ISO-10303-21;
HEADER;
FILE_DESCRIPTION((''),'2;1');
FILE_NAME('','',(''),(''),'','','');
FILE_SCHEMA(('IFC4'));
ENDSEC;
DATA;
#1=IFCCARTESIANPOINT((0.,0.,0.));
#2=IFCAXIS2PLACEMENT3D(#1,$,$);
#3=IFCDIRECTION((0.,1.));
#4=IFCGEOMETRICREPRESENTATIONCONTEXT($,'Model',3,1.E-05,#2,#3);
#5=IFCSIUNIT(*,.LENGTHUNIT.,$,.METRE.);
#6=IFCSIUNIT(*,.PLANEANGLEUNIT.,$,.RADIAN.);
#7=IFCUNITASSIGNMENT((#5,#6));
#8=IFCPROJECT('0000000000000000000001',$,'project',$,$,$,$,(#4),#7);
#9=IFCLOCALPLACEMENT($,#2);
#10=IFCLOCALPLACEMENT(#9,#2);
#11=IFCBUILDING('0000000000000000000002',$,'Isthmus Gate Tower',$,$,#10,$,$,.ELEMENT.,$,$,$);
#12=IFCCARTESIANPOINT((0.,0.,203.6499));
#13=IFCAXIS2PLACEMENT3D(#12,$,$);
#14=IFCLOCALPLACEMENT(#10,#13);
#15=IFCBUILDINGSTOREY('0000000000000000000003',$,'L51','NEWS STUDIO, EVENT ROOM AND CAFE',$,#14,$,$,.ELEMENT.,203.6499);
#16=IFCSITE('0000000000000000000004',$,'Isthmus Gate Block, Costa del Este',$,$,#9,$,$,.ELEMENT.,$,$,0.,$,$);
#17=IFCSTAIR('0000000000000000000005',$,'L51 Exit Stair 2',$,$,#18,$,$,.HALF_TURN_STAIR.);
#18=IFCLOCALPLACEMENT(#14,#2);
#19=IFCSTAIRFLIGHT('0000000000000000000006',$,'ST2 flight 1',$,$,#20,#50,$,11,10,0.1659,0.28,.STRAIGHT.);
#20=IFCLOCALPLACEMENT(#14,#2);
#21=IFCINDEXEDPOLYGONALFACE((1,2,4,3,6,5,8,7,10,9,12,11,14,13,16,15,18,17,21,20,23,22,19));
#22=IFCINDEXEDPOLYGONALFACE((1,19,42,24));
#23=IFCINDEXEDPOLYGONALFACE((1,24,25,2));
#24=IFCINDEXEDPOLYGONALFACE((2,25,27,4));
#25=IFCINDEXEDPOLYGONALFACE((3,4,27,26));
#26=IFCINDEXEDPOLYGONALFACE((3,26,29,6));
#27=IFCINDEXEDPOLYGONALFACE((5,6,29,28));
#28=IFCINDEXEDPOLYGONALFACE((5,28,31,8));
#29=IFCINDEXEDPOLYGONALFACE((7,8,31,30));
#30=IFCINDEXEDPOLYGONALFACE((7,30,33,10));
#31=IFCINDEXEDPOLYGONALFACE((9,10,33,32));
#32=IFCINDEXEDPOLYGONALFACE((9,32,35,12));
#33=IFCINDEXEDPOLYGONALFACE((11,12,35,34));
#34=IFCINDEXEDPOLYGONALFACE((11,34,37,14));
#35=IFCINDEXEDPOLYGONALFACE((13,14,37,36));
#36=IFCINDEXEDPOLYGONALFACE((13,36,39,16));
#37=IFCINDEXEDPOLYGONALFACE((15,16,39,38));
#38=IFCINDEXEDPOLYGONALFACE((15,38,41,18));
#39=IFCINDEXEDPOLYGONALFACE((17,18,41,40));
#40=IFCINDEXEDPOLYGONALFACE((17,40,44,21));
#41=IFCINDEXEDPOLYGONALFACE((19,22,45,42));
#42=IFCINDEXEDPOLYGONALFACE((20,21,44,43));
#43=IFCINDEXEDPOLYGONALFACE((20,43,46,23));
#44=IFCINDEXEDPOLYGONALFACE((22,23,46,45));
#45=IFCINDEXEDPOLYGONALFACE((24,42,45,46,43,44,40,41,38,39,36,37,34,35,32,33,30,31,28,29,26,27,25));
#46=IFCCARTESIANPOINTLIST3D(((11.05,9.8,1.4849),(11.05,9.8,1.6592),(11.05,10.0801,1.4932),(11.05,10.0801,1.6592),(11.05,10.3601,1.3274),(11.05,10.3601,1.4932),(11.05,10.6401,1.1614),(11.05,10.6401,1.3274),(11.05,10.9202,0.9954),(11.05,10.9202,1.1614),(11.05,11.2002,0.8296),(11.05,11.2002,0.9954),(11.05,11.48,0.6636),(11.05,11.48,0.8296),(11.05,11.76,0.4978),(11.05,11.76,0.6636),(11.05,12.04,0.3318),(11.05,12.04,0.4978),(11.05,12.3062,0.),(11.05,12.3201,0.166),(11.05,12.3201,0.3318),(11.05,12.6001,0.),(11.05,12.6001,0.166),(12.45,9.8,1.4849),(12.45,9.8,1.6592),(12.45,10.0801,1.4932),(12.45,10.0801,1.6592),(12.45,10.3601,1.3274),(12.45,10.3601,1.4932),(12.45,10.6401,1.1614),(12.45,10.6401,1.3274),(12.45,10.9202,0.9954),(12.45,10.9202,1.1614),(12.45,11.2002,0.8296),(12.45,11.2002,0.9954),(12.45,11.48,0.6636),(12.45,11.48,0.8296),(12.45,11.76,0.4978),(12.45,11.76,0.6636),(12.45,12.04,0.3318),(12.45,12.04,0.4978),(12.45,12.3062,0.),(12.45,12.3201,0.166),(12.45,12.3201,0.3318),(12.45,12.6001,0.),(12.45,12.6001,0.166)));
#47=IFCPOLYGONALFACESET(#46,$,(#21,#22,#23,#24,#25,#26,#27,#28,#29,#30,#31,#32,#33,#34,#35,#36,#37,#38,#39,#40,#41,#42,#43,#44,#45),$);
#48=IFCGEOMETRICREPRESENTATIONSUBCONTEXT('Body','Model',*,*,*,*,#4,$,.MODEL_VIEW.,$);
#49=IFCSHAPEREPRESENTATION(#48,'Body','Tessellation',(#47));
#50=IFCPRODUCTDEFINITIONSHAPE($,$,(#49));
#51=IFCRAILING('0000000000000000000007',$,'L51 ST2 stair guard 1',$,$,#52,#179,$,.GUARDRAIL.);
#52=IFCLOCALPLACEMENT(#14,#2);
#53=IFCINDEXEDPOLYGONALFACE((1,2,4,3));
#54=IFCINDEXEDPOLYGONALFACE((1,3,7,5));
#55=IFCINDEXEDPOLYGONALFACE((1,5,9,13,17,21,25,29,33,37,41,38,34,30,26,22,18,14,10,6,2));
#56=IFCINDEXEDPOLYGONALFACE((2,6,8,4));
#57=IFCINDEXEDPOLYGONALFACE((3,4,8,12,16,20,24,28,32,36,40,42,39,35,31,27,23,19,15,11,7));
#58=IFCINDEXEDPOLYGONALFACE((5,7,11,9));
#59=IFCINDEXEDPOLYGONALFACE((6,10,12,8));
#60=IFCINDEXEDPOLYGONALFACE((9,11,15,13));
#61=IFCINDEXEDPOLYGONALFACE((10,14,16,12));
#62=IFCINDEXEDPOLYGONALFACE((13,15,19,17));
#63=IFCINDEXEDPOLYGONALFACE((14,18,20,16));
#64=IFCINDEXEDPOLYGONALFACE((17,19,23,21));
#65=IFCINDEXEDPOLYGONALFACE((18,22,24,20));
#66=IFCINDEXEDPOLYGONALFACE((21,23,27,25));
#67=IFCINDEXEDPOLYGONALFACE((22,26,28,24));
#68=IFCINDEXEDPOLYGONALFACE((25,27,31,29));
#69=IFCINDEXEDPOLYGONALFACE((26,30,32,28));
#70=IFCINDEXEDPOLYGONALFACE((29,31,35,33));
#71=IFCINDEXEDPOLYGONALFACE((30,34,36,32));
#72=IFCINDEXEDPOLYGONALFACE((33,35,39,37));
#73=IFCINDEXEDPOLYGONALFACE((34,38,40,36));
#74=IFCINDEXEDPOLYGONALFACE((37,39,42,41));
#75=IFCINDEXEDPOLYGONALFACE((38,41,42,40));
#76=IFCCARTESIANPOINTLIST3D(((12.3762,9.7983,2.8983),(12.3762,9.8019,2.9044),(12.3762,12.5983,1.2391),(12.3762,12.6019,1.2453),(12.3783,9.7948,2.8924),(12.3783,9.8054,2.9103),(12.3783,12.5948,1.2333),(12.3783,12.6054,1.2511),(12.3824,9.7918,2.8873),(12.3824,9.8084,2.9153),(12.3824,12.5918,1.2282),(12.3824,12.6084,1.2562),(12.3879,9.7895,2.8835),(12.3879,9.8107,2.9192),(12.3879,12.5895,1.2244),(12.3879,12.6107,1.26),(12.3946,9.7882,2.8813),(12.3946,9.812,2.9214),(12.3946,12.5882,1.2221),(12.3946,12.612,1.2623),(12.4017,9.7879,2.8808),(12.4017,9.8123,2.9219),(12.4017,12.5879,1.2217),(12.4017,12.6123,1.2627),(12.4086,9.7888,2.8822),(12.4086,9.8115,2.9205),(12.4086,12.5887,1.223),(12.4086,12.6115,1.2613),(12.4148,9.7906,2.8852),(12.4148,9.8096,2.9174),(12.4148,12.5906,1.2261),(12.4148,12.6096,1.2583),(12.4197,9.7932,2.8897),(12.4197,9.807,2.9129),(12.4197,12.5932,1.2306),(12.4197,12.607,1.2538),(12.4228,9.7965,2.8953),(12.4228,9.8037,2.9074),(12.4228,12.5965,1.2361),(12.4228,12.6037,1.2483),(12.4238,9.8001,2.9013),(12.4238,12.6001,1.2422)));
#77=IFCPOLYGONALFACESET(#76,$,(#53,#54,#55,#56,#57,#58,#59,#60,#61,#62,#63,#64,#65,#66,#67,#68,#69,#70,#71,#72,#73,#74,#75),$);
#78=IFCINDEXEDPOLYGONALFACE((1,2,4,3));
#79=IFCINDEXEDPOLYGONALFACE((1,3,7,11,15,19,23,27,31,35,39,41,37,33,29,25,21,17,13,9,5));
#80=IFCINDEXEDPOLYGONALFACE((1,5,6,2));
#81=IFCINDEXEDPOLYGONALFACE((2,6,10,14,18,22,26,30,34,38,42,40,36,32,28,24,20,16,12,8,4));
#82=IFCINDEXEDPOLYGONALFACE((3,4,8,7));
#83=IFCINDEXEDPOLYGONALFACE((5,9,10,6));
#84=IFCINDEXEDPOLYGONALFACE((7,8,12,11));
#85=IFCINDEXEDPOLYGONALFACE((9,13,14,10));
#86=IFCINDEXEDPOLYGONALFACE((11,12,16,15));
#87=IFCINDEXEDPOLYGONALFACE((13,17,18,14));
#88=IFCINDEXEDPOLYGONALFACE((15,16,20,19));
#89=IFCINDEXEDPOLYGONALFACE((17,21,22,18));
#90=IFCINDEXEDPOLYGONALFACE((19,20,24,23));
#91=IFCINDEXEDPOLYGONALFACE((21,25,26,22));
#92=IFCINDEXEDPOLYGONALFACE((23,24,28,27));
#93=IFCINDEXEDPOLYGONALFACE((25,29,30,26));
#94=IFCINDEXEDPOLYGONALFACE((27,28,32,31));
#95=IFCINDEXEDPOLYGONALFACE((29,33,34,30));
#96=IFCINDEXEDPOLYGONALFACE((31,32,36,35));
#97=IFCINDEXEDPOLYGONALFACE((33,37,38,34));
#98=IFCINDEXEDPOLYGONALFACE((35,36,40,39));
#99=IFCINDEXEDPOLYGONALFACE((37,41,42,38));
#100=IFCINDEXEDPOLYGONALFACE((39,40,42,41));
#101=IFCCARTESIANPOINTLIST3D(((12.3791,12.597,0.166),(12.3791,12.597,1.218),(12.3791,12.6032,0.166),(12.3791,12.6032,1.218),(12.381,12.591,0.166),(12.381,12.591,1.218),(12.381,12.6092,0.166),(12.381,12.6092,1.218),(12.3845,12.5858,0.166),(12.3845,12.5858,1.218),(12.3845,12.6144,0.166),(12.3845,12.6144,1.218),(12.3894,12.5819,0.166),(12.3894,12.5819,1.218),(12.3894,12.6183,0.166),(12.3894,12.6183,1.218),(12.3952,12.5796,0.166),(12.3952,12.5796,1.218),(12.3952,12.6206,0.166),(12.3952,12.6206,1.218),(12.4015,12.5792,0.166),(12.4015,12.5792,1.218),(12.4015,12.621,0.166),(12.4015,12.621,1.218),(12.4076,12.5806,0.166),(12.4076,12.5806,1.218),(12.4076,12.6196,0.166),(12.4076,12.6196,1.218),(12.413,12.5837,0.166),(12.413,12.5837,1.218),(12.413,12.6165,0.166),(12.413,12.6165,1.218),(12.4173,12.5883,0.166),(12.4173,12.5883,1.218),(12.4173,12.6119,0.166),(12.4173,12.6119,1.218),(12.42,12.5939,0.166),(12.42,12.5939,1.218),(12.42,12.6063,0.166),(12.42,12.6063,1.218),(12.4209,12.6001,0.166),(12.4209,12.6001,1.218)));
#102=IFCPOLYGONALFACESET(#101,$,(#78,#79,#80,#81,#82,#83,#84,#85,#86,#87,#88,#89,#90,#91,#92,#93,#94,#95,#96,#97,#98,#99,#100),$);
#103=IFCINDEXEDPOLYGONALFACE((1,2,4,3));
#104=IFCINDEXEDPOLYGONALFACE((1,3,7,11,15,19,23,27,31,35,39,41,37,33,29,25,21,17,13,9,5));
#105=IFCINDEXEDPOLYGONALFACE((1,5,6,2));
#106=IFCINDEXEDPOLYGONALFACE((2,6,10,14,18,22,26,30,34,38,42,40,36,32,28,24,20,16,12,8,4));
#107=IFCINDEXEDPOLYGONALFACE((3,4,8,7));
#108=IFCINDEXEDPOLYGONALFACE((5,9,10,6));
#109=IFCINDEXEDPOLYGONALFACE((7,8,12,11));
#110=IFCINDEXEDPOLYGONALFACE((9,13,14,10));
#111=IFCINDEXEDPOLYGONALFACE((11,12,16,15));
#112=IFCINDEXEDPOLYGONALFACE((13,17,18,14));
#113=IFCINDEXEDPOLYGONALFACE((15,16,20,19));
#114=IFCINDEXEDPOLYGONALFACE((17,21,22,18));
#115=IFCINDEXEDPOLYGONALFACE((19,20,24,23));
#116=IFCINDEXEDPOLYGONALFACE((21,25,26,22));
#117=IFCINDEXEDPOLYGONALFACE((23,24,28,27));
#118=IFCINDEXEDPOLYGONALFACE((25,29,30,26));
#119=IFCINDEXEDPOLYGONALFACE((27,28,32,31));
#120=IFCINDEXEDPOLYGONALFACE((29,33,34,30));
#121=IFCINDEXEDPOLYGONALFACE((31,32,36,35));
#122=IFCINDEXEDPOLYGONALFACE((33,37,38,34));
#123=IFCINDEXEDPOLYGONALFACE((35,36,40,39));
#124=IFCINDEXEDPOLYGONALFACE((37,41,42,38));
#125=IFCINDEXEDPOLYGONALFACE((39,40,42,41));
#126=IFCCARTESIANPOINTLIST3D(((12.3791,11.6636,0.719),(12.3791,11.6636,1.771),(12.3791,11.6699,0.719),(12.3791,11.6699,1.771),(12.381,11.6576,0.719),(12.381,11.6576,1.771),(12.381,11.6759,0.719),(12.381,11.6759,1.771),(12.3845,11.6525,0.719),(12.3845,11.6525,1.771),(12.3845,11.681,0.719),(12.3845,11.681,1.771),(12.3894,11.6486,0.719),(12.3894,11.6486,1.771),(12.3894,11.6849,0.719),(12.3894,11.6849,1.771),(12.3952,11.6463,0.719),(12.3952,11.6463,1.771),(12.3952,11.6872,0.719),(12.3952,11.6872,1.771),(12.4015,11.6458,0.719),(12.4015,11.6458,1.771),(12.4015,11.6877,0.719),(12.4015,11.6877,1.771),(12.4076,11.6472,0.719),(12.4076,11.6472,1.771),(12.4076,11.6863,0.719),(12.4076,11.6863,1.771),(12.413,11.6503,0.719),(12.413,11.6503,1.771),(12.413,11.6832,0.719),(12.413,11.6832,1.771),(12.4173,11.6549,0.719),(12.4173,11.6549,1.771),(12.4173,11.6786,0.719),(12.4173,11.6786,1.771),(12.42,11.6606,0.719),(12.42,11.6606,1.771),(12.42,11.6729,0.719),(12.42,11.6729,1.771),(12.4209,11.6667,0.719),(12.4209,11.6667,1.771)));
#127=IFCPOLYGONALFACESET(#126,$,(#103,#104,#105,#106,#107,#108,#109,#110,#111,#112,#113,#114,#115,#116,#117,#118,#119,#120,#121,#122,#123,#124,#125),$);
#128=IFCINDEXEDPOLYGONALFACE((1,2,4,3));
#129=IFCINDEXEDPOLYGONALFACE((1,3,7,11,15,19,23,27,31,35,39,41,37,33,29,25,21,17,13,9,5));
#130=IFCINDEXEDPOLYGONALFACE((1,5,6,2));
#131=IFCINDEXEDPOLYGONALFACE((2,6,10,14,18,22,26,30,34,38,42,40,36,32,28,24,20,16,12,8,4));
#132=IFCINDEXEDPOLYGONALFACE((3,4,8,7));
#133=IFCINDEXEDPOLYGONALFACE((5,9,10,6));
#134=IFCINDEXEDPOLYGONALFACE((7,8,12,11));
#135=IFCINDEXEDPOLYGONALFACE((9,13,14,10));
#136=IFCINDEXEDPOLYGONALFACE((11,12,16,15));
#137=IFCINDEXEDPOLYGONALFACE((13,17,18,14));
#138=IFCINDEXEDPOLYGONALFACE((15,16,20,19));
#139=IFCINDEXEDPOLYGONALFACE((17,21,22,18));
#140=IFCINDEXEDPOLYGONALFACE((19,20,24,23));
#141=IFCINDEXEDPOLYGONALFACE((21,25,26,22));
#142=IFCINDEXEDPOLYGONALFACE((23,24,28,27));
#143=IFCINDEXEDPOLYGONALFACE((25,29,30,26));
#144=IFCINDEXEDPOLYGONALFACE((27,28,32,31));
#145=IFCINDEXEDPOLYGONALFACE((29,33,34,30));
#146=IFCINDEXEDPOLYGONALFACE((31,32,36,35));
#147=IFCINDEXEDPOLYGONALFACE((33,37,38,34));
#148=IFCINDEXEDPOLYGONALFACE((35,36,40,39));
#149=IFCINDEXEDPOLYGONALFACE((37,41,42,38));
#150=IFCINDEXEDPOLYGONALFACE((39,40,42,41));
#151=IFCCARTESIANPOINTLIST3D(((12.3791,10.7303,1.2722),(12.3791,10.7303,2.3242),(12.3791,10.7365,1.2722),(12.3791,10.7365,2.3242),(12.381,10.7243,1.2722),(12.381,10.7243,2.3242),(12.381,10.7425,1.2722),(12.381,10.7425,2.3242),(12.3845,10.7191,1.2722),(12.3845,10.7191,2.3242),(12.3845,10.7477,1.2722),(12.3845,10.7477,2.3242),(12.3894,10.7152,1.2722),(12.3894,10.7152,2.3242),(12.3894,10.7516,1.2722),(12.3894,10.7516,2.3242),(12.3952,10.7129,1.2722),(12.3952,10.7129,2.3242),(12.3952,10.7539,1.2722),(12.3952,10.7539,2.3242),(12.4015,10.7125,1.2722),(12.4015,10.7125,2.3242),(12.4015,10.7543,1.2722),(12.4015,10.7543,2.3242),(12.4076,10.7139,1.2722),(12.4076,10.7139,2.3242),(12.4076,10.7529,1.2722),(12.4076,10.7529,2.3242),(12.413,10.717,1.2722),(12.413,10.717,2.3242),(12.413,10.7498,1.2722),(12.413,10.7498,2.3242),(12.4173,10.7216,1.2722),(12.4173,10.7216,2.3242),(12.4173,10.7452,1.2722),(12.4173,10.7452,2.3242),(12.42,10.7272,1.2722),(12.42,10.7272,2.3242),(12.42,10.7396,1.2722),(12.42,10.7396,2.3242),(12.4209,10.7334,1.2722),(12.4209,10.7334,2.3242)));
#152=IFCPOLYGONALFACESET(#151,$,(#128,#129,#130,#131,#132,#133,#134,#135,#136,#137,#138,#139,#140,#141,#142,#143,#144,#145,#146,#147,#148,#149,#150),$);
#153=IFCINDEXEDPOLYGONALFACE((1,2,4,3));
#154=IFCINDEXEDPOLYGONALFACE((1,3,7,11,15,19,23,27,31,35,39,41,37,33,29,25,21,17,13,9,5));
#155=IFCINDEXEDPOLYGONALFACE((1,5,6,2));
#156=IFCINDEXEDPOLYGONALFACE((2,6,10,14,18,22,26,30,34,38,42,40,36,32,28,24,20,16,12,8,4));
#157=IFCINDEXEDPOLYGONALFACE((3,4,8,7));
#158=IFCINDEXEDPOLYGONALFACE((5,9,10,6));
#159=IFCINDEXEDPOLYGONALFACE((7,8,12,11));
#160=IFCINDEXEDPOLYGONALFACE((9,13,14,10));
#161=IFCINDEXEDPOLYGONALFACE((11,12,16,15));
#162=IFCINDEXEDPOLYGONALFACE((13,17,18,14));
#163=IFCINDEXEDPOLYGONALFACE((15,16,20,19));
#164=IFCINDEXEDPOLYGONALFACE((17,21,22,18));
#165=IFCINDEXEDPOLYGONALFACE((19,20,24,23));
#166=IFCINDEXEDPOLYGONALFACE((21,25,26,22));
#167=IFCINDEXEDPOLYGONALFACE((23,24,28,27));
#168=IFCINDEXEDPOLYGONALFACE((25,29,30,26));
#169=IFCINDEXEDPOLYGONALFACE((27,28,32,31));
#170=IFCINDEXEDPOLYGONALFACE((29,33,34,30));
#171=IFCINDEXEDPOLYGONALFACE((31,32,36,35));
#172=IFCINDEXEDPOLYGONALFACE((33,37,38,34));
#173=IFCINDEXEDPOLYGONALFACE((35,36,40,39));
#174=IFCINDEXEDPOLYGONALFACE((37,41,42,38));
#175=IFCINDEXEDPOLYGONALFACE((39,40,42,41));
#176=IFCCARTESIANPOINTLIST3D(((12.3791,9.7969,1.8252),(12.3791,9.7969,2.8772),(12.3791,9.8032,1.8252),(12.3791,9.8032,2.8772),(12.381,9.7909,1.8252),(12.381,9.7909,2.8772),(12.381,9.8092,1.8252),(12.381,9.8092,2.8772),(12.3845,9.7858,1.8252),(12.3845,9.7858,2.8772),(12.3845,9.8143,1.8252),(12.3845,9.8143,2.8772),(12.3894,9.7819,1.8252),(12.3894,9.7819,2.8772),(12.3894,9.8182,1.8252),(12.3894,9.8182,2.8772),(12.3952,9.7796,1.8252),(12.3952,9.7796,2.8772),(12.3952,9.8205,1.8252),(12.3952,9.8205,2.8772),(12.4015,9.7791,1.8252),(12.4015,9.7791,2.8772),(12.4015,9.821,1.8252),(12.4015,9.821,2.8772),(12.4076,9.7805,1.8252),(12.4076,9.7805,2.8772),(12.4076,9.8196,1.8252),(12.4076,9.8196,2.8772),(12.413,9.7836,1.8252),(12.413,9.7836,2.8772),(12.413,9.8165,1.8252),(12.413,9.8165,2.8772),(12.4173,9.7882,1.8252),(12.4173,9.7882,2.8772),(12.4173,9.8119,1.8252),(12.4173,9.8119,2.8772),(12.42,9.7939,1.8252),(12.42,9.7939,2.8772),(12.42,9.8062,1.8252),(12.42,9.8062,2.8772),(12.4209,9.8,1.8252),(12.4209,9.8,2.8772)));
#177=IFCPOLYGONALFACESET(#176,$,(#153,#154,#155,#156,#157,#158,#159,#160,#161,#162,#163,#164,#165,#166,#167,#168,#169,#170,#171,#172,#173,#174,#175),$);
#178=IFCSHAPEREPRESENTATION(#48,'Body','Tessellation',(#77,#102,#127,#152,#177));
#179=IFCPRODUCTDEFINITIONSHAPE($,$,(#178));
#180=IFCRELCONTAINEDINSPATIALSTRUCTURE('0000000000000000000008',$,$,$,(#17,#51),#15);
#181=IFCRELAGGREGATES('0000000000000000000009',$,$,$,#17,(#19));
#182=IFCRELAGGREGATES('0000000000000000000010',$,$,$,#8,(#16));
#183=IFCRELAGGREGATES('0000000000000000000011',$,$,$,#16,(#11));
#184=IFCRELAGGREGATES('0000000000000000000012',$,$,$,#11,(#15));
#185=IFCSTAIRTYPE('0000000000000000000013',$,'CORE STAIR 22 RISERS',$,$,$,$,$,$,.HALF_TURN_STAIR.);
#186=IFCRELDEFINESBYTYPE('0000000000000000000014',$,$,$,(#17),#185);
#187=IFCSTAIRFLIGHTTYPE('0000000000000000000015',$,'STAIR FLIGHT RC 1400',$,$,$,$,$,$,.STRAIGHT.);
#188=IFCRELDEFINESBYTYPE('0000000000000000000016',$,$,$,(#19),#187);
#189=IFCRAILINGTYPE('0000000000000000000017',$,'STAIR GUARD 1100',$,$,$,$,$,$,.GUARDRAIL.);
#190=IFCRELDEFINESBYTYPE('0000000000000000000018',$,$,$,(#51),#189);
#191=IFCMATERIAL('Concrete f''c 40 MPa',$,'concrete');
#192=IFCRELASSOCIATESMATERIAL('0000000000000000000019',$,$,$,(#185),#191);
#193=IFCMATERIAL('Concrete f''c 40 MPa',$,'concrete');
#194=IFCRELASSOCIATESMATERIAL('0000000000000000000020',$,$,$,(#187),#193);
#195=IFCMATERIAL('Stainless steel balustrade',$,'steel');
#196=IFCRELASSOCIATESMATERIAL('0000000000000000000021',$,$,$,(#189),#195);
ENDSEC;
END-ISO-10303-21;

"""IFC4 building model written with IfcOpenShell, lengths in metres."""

from ifc_helpers import new_model, si_unit, direction, frame, origin, origin_2d, place, context, subcontext, project, spatial, polyline, circle, outline, extrude, material, type_object, element, aggregate, save


model = new_model("IFC4")

# Units and contexts
model_context = context("Model", 3, precision=1e-05, world=origin(), true_north=direction((0.0, 1.0)))
body_context = subcontext(model_context, "Body", "Model", "MODEL_VIEW")
ifc_project = project(units=[si_unit("LENGTHUNIT", "METRE"), si_unit("PLANEANGLEUNIT", "RADIAN")], contexts=[model_context])

# Site, building, storey
site_placement = place(None, origin())
site = spatial("IfcSite", under=ifc_project, at=site_placement, Name="Isthmus Gate Block, Costa del Este", CompositionType="ELEMENT", RefElevation=0.0)
building_placement = place(site_placement, origin())
building = spatial("IfcBuilding", under=site, at=building_placement, Name="Isthmus Gate Tower", CompositionType="ELEMENT")
storey_placement = place(building_placement, frame((0.0, 0.0, 203.6499)))
storey = spatial("IfcBuildingStorey", under=building, at=storey_placement, Name="L51", Description="NEWS STUDIO, EVENT ROOM AND CAFE", CompositionType="ELEMENT", Elevation=203.6499)

# Stair, stair flight
ifc_material_1 = material(Name="Concrete f'c 40 MPa", Category="concrete")
stair_type = type_object("IfcStairType", Name="CORE STAIR 22 RISERS", PredefinedType="HALF_TURN_STAIR", material=ifc_material_1)
stair_placement = place(storey_placement, origin())
stair = element("IfcStair", 1, at=stair_placement, inside=storey, type_object=stair_type, Name="L51 Exit Stair 2", PredefinedType="HALF_TURN_STAIR")
ifc_material_2 = material(Name="Concrete f'c 40 MPa", Category="concrete")
stair_flight_type = type_object("IfcStairFlightType", Name="STAIR FLIGHT RC 1400", PredefinedType="STRAIGHT", material=ifc_material_2)
stair_flight_placement = place(storey_placement, frame((11.75, 12.6001, 0.0), z_axis=(0.0, 0.0, 1.0), x_axis=(0.0, -1.0, 0.0)))
stair_flight = element("IfcStairFlight", 2, at=stair_flight_placement, type_object=stair_flight_type, Name="ST2 flight 1", NumberOfRisers=11, NumberOfTreads=10, PredefinedType="STRAIGHT", RiserHeight=0.1659, TreadLength=0.28, context=body_context, shape_type="SweptSolid", body=[
    extrude(outline(polyline([(0.0, 0.0), (0.0, 0.166), (0.28, 0.166), (0.28, 0.3318), (0.5601, 0.3318), (0.5601, 0.4978), (0.8401, 0.4978), (0.8401, 0.6636), (1.1201, 0.6636), (1.1201, 0.8296), (1.3999, 0.8296), (1.3999, 0.9954), (1.6799, 0.9954), (1.6799, 1.1614), (1.96, 1.1614), (1.96, 1.3274), (2.24, 1.3274), (2.24, 1.4932), (2.52, 1.4932), (2.52, 1.6592), (2.8, 1.6592), (2.8, 1.825), (2.8, 1.4849), (0.2939, 0.0), (0.0, 0.0)])), frame((0.0, 0.7, 0.0), z_axis=(0.0, -1.0, 0.0), x_axis=(1.0, 0.0, 0.0)), (0.0, 0.0, 1.0), 1.3999),
])
aggregate(stair, [stair_flight])

# Railing
ifc_material_3 = material(Name="Stainless steel balustrade", Category="steel")
railing_type_1 = type_object("IfcRailingType", Name="STAIR GUARD 1100", PredefinedType="GUARDRAIL", material=ifc_material_3)
railing_1_placement = place(storey_placement, frame((12.3999, 12.6001, 0.166)))
element("IfcRailing", 3, at=railing_1_placement, inside=storey, type_object=railing_type_1, Name="L51 ST2 stair guard 1", PredefinedType="GUARDRAIL", context=body_context, shape_type="SweptSolid", body=[
    extrude(circle(Radius=0.0239, at=origin_2d()), frame((0.0, 0.0, 1.0762), z_axis=(0.0, -0.860306, 0.509778), x_axis=(1.0, 0.0, 0.0)), (0.0, 0.0, 1.0), 3.2546),
    extrude(circle(Radius=0.021, at=origin_2d()), origin(), (0.0, 0.0, 1.0), 1.052),
    extrude(circle(Radius=0.021, at=origin_2d()), frame((0.0, -0.9333, 0.553)), (0.0, 0.0, 1.0), 1.052),
    extrude(circle(Radius=0.021, at=origin_2d()), frame((0.0, -1.8667, 1.1062)), (0.0, 0.0, 1.0), 1.052),
    extrude(circle(Radius=0.021, at=origin_2d()), frame((0.0, -2.8, 1.6592)), (0.0, 0.0, 1.0), 1.052),
])

save(model, "model.ifc")
